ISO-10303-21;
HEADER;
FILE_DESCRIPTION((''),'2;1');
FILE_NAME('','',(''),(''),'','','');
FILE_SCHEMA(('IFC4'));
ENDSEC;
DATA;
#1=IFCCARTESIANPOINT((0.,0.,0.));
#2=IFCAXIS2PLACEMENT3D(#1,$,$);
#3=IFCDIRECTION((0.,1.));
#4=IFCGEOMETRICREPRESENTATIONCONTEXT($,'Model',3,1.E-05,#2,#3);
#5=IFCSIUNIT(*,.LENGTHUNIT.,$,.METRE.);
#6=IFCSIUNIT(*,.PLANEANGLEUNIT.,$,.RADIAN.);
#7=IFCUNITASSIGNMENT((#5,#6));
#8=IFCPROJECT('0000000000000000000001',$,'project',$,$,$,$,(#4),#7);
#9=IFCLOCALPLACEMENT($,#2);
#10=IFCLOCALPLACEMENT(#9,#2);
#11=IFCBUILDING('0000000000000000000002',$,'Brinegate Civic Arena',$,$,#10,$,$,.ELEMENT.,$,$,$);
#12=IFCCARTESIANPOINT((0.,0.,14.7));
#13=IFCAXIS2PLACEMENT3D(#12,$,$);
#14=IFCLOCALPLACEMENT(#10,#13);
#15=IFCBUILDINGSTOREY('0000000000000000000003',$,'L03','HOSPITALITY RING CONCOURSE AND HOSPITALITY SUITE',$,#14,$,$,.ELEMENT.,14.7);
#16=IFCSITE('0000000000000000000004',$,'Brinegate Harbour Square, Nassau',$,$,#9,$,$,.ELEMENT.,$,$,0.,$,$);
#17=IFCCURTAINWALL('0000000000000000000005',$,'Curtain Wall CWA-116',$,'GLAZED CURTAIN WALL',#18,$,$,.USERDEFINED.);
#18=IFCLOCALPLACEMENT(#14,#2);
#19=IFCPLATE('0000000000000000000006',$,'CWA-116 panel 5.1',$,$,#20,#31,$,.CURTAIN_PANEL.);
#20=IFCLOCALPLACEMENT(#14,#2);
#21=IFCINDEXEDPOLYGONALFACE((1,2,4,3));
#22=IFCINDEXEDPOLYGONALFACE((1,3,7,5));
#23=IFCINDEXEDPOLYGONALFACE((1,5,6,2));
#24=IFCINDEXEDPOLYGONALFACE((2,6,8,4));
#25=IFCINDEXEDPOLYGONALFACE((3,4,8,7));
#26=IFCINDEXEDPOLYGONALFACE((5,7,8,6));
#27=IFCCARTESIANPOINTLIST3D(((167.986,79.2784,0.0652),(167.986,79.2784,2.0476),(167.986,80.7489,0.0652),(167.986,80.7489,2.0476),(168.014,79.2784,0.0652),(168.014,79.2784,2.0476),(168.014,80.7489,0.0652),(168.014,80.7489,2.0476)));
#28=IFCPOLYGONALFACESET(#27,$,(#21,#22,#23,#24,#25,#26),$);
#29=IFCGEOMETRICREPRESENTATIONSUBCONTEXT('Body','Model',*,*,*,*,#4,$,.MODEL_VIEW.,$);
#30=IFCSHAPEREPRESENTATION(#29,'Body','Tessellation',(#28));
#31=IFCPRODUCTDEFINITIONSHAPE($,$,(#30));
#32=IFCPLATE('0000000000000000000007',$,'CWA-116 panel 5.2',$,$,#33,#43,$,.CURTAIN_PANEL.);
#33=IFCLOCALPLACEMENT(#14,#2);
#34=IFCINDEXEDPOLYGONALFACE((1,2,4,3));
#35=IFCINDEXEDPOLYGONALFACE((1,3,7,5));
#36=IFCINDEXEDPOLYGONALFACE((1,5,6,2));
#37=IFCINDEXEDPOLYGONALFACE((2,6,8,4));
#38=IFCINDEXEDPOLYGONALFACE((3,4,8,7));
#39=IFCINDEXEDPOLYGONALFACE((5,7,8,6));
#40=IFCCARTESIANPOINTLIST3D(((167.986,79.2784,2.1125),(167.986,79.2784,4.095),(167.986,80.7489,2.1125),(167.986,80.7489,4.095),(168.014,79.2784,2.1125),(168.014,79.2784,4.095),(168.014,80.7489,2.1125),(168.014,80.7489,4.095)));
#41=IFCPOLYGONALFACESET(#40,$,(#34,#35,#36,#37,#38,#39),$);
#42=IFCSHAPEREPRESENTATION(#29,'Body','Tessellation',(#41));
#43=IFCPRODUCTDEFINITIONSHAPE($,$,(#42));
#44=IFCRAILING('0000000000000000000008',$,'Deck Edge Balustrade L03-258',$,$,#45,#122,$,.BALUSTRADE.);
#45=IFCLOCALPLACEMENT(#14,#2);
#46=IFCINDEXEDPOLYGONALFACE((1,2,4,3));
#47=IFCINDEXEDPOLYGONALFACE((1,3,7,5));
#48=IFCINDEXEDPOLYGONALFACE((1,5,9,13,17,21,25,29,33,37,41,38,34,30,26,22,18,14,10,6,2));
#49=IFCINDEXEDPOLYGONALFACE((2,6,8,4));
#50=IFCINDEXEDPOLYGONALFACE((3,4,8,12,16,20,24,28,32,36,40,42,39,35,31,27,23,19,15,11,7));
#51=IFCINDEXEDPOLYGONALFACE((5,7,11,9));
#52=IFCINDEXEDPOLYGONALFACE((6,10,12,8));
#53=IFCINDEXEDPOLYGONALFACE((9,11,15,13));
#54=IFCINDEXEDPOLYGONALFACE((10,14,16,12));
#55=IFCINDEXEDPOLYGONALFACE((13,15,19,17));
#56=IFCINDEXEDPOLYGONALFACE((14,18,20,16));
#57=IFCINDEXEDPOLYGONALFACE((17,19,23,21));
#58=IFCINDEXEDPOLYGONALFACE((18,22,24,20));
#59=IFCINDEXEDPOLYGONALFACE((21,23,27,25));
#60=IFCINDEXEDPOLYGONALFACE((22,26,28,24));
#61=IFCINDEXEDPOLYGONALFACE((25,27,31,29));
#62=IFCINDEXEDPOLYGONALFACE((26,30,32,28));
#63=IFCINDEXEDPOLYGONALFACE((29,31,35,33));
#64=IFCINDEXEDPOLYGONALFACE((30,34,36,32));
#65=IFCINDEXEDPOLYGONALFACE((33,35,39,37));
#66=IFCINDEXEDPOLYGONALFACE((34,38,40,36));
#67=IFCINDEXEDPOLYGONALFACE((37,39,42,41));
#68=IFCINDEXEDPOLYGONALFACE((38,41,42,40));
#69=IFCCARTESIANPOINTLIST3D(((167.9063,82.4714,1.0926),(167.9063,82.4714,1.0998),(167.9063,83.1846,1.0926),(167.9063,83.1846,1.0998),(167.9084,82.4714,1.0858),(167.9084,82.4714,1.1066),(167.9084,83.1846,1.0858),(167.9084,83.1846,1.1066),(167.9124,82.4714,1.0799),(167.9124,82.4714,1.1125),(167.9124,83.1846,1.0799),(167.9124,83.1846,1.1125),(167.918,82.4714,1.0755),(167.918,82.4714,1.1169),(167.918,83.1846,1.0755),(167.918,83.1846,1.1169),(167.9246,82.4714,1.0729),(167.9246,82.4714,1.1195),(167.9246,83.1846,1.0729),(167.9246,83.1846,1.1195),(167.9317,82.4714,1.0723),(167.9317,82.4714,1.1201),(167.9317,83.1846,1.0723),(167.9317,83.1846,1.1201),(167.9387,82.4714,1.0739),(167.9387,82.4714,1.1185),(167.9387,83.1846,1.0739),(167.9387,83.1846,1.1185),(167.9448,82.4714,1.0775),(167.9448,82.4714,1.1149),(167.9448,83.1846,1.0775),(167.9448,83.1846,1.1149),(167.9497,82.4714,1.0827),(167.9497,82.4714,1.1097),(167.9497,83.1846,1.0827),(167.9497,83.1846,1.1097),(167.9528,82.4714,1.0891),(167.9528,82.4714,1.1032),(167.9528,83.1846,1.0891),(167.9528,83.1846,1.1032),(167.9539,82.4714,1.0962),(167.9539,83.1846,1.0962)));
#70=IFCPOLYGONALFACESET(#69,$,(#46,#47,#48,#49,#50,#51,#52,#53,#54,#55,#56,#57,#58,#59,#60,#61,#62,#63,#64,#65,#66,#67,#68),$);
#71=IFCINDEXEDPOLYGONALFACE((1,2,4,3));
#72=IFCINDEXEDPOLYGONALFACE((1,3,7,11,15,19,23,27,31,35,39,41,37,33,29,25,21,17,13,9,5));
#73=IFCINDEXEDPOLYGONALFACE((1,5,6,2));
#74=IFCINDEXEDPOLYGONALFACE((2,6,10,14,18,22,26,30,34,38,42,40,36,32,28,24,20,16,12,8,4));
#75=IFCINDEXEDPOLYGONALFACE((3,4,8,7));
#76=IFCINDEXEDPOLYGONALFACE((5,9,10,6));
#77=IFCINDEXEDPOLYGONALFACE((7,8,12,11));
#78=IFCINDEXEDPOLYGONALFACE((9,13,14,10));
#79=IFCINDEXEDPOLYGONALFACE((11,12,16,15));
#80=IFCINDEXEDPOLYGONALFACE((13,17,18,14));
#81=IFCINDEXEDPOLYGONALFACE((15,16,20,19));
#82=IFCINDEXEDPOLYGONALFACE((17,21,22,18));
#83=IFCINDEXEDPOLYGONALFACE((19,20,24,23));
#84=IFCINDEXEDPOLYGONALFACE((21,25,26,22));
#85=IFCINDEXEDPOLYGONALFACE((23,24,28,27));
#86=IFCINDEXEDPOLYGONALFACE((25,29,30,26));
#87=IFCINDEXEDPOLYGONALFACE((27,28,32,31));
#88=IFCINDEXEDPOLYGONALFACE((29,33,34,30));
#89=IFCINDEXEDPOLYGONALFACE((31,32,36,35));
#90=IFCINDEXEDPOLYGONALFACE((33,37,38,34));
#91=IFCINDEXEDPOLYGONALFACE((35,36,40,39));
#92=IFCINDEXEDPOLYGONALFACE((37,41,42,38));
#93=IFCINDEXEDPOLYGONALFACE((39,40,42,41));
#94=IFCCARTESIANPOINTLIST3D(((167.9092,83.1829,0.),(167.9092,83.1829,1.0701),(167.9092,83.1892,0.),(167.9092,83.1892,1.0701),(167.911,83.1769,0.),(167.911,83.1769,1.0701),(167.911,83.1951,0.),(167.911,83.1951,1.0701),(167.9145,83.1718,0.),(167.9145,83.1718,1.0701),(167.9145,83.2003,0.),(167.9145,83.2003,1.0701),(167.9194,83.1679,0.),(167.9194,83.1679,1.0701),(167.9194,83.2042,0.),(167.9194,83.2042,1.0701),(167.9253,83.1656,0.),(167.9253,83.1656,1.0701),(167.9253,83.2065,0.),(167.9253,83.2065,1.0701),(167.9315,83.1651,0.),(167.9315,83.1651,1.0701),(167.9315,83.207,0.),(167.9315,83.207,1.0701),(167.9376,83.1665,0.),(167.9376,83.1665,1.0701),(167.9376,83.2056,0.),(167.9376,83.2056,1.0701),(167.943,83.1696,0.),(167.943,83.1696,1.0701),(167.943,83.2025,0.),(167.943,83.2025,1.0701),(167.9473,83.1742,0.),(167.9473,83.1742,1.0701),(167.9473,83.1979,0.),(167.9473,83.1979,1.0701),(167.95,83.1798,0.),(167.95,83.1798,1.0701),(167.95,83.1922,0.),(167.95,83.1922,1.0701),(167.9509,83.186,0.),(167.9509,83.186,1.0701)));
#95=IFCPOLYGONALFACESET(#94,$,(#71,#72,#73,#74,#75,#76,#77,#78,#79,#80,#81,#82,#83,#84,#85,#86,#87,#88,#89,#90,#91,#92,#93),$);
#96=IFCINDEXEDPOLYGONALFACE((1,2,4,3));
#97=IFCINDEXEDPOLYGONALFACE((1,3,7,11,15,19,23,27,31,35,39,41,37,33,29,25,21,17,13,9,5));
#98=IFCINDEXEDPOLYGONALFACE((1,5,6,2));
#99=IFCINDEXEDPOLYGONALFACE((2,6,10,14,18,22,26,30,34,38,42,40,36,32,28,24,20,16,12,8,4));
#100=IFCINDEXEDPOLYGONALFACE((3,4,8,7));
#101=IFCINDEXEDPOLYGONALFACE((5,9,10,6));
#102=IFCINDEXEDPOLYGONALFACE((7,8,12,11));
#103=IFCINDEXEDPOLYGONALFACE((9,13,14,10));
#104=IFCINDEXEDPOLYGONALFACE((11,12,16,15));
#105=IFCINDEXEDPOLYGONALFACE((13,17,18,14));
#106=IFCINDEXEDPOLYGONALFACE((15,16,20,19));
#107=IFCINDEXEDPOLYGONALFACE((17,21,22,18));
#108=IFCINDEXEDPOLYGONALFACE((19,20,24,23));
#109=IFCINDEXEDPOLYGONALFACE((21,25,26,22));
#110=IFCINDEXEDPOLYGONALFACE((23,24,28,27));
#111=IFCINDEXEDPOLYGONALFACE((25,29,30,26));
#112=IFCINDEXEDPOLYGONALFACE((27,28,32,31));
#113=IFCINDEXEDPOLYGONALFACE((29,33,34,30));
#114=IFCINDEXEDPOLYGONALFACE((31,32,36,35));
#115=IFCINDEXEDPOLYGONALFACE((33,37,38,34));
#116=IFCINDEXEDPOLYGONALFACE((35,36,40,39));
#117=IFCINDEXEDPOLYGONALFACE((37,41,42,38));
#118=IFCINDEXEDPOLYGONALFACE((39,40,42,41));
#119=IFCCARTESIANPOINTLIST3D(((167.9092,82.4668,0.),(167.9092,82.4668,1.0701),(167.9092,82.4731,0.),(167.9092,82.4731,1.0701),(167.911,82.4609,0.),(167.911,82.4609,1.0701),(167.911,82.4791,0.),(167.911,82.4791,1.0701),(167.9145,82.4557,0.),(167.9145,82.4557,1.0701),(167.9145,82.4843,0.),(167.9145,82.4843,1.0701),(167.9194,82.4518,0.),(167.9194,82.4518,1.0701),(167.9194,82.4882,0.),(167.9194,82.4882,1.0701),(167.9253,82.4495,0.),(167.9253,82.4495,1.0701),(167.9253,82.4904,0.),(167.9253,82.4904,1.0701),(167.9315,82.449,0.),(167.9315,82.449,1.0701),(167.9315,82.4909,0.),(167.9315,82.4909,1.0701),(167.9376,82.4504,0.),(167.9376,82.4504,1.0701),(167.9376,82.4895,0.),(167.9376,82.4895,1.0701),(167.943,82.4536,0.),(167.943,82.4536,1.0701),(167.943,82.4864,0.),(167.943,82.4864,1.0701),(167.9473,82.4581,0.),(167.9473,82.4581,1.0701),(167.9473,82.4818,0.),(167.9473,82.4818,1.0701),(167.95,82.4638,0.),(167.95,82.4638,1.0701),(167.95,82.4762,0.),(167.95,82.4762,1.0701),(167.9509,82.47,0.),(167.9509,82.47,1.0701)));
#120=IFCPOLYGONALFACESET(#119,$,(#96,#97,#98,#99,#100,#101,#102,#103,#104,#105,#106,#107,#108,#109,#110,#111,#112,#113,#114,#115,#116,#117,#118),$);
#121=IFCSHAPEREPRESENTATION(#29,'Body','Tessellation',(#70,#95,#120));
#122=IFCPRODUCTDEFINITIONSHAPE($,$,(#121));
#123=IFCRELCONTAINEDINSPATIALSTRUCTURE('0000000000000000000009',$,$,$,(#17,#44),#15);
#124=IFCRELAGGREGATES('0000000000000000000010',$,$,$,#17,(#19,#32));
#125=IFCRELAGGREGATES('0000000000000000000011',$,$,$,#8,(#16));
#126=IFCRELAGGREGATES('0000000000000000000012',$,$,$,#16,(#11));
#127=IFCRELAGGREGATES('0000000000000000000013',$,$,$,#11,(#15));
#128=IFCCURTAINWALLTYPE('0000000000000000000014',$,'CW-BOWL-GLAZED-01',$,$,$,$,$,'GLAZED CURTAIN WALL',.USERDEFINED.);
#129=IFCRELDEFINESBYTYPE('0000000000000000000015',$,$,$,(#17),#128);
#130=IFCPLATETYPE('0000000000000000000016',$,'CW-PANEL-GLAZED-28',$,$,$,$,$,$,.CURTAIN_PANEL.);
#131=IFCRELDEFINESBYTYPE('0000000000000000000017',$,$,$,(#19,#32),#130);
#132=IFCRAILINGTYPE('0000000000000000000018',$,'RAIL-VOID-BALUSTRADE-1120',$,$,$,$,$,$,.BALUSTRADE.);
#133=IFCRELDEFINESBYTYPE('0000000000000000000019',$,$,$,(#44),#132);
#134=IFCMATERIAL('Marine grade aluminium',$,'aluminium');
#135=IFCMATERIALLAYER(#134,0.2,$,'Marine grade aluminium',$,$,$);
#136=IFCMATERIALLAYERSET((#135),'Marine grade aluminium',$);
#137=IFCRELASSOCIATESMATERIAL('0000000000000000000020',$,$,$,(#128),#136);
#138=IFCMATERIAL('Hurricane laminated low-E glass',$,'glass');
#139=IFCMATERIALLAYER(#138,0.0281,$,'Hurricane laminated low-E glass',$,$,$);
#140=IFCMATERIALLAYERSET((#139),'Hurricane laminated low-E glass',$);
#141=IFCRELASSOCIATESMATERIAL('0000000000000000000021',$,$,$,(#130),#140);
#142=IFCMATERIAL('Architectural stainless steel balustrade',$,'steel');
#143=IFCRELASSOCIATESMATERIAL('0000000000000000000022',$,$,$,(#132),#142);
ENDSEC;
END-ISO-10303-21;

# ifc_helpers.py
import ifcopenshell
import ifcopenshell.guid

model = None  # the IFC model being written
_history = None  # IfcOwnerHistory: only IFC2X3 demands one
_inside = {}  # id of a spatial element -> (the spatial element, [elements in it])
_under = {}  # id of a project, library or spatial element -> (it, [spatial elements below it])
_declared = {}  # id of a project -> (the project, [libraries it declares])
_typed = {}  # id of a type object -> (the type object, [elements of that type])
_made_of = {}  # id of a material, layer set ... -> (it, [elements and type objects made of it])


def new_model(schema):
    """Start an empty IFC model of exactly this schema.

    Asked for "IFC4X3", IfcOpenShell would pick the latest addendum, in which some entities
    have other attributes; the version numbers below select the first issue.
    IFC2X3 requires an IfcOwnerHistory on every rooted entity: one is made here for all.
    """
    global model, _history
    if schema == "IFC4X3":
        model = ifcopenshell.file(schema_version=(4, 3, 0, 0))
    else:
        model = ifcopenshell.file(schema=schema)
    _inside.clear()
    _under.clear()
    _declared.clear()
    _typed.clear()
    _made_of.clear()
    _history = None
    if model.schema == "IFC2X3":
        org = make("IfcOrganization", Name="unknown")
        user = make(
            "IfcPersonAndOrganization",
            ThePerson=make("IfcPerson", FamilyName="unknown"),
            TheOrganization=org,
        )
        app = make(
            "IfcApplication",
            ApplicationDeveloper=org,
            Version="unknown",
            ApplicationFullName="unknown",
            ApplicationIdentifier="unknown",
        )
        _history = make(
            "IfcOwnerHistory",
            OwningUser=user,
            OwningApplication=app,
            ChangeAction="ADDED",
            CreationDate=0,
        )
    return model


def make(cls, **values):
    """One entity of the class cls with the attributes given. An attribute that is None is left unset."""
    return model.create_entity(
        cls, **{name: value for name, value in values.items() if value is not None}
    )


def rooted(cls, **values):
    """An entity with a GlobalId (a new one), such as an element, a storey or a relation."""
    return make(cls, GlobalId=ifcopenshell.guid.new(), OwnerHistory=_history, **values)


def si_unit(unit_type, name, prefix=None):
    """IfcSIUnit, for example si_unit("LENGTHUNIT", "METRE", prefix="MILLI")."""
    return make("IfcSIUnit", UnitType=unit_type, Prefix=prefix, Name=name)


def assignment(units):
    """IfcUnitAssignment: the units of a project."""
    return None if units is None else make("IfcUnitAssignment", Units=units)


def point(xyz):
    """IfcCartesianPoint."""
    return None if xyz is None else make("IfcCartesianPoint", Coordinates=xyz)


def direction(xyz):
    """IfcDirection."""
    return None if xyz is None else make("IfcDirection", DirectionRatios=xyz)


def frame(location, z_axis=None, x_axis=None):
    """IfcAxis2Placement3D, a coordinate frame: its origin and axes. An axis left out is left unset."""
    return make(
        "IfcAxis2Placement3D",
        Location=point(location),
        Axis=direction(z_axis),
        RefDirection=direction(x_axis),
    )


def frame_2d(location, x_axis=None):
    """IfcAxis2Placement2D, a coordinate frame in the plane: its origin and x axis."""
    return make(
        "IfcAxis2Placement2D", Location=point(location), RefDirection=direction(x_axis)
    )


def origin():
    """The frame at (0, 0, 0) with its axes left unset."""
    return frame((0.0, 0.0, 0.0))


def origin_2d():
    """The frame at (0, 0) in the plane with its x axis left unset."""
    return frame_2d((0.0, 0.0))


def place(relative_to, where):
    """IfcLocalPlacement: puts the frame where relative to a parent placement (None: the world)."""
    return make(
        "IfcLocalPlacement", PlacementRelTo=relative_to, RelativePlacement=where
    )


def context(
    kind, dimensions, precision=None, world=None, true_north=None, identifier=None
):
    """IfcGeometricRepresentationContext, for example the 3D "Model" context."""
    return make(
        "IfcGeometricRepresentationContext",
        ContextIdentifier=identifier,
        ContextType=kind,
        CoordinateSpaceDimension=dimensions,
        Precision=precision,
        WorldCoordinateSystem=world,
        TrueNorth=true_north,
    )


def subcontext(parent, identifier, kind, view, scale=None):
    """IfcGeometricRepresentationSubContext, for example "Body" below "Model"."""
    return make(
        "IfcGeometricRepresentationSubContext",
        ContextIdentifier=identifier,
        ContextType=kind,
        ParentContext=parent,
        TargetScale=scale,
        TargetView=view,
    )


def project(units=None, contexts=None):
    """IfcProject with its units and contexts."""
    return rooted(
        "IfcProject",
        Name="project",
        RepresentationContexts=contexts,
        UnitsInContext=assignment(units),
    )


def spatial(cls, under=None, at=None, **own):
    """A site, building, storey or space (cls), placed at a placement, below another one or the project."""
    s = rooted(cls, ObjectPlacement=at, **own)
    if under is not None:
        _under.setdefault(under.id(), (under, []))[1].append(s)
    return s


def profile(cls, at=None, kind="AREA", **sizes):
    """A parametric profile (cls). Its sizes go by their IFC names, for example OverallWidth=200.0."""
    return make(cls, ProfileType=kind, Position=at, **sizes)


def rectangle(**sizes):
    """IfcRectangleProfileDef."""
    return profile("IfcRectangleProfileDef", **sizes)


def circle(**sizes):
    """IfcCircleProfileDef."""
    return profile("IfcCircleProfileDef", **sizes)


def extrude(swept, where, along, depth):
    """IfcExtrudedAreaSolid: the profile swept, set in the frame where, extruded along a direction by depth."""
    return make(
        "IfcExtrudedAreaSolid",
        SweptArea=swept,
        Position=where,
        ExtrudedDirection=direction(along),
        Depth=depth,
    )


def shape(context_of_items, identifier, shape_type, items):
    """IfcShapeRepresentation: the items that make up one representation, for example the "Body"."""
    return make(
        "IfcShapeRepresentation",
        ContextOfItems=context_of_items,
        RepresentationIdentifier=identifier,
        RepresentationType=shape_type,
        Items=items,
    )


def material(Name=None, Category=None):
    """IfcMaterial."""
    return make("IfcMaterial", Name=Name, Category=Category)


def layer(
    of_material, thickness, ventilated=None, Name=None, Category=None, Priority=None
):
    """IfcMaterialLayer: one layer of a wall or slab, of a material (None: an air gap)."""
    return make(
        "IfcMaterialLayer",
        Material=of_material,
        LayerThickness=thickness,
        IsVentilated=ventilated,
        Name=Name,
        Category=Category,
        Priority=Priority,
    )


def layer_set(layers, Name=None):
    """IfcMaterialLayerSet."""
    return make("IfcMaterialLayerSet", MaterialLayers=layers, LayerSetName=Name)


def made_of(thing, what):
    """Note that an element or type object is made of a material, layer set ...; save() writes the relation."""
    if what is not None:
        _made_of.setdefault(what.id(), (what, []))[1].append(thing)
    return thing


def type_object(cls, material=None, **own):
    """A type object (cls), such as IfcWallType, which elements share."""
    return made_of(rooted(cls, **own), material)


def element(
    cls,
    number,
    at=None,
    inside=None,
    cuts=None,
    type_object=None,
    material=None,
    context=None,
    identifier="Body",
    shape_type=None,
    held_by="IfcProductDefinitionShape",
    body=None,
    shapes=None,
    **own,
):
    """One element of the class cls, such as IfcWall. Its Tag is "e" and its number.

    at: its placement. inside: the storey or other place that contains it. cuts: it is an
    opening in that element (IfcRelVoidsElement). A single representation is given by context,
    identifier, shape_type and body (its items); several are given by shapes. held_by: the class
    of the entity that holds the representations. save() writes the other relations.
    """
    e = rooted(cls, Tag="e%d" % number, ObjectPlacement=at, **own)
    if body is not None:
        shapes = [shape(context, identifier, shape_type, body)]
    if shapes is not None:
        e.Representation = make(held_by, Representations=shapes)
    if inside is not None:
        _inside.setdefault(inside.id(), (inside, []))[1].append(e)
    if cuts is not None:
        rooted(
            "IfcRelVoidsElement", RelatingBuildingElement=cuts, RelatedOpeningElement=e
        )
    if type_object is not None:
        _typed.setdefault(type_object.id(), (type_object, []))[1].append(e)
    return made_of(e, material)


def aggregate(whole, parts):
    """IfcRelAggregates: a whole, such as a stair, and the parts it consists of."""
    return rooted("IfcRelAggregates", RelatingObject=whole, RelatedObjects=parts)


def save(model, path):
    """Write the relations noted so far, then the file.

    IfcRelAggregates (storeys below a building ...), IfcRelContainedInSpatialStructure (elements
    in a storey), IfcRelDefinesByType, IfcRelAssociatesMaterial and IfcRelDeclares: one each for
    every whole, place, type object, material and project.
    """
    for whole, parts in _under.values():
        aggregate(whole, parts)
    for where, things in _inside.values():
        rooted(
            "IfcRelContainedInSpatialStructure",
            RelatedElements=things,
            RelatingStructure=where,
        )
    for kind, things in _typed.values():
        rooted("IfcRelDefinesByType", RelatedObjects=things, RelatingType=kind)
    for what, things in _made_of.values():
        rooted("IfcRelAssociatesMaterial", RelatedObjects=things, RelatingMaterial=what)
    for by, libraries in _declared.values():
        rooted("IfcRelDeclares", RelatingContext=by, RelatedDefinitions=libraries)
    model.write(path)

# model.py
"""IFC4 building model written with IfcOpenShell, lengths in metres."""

from ifc_helpers import new_model, si_unit, direction, frame, origin, origin_2d, place, context, subcontext, project, spatial, rectangle, circle, extrude, material, layer, layer_set, type_object, element, aggregate, save


model = new_model("IFC4")

# Units and contexts
model_context = context("Model", 3, precision=1e-05, world=origin(), true_north=direction((0.0, 1.0)))
body_context = subcontext(model_context, "Body", "Model", "MODEL_VIEW")
ifc_project = project(units=[si_unit("LENGTHUNIT", "METRE"), si_unit("PLANEANGLEUNIT", "RADIAN")], contexts=[model_context])

# Site, building, storey
site_placement = place(None, origin())
site = spatial("IfcSite", under=ifc_project, at=site_placement, Name="Brinegate Harbour Square, Nassau", CompositionType="ELEMENT", RefElevation=0.0)
building_placement = place(site_placement, origin())
building = spatial("IfcBuilding", under=site, at=building_placement, Name="Brinegate Civic Arena", CompositionType="ELEMENT")
storey_placement = place(building_placement, frame((0.0, 0.0, 14.7)))
storey = spatial("IfcBuildingStorey", under=building, at=storey_placement, Name="L03", Description="HOSPITALITY RING CONCOURSE AND HOSPITALITY SUITE", CompositionType="ELEMENT", Elevation=14.7)

# Curtain wall, plates
ifc_material_1 = material(Name="Marine grade aluminium", Category="aluminium")
ifc_layer_1 = layer(ifc_material_1, 0.2, Name="Marine grade aluminium")
ifc_layer_set_1 = layer_set([ifc_layer_1], Name="Marine grade aluminium")
curtain_wall_type = type_object("IfcCurtainWallType", Name="CW-BOWL-GLAZED-01", ElementType="GLAZED CURTAIN WALL", PredefinedType="USERDEFINED", material=ifc_layer_set_1)
curtain_wall_placement = place(storey_placement, origin())
curtain_wall = element("IfcCurtainWall", 1, at=curtain_wall_placement, inside=storey, type_object=curtain_wall_type, Name="Curtain Wall CWA-116", ObjectType="GLAZED CURTAIN WALL", PredefinedType="USERDEFINED")
ifc_material_2 = material(Name="Hurricane laminated low-E glass", Category="glass")
ifc_layer_2 = layer(ifc_material_2, 0.0281, Name="Hurricane laminated low-E glass")
ifc_layer_set_2 = layer_set([ifc_layer_2], Name="Hurricane laminated low-E glass")
plate_type = type_object("IfcPlateType", Name="CW-PANEL-GLAZED-28", PredefinedType="CURTAIN_PANEL", material=ifc_layer_set_2)
plate_1_placement = place(storey_placement, frame((168.0, 80.0137, 0.0652), z_axis=(0.0, 0.0, 1.0), x_axis=(0.0, 1.0, 0.0)))
plate_1 = element("IfcPlate", 2, at=plate_1_placement, type_object=plate_type, Name="CWA-116 panel 5.1", PredefinedType="CURTAIN_PANEL", context=body_context, shape_type="SweptSolid", body=[
    extrude(rectangle(XDim=1.4705, YDim=0.0281, at=origin_2d()), origin(), (0.0, 0.0, 1.0), 1.9824),
])
plate_2_placement = place(storey_placement, frame((168.0, 80.0137, 2.1125), z_axis=(0.0, 0.0, 1.0), x_axis=(0.0, 1.0, 0.0)))
plate_2 = element("IfcPlate", 3, at=plate_2_placement, type_object=plate_type, Name="CWA-116 panel 5.2", PredefinedType="CURTAIN_PANEL", context=body_context, shape_type="SweptSolid", body=[
    extrude(rectangle(XDim=1.4705, YDim=0.0281, at=origin_2d()), origin(), (0.0, 0.0, 1.0), 1.9824),
])
aggregate(curtain_wall, [plate_1, plate_2])

# Railing
ifc_material_3 = material(Name="Architectural stainless steel balustrade", Category="steel")
railing_type = type_object("IfcRailingType", Name="RAIL-VOID-BALUSTRADE-1120", PredefinedType="BALUSTRADE", material=ifc_material_3)
railing_placement = place(storey_placement, frame((167.9299, 83.186, 0.0)))
element("IfcRailing", 4, at=railing_placement, inside=storey, type_object=railing_type, Name="Deck Edge Balustrade L03-258", PredefinedType="BALUSTRADE", context=body_context, shape_type="SweptSolid", body=[
    extrude(circle(Radius=0.0239, at=origin_2d()), frame((0.0, -0.0015, 1.0962), z_axis=(0.0, -1.0, 0.0), x_axis=(1.0, 0.0, 0.0)), (0.0, 0.0, 1.0), 0.7131),
    extrude(circle(Radius=0.021, at=origin_2d()), origin(), (0.0, 0.0, 1.0), 1.0701),
    extrude(circle(Radius=0.021, at=origin_2d()), frame((0.0, -0.7161, 0.0)), (0.0, 0.0, 1.0), 1.0701),
])

save(model, "model.ifc")
